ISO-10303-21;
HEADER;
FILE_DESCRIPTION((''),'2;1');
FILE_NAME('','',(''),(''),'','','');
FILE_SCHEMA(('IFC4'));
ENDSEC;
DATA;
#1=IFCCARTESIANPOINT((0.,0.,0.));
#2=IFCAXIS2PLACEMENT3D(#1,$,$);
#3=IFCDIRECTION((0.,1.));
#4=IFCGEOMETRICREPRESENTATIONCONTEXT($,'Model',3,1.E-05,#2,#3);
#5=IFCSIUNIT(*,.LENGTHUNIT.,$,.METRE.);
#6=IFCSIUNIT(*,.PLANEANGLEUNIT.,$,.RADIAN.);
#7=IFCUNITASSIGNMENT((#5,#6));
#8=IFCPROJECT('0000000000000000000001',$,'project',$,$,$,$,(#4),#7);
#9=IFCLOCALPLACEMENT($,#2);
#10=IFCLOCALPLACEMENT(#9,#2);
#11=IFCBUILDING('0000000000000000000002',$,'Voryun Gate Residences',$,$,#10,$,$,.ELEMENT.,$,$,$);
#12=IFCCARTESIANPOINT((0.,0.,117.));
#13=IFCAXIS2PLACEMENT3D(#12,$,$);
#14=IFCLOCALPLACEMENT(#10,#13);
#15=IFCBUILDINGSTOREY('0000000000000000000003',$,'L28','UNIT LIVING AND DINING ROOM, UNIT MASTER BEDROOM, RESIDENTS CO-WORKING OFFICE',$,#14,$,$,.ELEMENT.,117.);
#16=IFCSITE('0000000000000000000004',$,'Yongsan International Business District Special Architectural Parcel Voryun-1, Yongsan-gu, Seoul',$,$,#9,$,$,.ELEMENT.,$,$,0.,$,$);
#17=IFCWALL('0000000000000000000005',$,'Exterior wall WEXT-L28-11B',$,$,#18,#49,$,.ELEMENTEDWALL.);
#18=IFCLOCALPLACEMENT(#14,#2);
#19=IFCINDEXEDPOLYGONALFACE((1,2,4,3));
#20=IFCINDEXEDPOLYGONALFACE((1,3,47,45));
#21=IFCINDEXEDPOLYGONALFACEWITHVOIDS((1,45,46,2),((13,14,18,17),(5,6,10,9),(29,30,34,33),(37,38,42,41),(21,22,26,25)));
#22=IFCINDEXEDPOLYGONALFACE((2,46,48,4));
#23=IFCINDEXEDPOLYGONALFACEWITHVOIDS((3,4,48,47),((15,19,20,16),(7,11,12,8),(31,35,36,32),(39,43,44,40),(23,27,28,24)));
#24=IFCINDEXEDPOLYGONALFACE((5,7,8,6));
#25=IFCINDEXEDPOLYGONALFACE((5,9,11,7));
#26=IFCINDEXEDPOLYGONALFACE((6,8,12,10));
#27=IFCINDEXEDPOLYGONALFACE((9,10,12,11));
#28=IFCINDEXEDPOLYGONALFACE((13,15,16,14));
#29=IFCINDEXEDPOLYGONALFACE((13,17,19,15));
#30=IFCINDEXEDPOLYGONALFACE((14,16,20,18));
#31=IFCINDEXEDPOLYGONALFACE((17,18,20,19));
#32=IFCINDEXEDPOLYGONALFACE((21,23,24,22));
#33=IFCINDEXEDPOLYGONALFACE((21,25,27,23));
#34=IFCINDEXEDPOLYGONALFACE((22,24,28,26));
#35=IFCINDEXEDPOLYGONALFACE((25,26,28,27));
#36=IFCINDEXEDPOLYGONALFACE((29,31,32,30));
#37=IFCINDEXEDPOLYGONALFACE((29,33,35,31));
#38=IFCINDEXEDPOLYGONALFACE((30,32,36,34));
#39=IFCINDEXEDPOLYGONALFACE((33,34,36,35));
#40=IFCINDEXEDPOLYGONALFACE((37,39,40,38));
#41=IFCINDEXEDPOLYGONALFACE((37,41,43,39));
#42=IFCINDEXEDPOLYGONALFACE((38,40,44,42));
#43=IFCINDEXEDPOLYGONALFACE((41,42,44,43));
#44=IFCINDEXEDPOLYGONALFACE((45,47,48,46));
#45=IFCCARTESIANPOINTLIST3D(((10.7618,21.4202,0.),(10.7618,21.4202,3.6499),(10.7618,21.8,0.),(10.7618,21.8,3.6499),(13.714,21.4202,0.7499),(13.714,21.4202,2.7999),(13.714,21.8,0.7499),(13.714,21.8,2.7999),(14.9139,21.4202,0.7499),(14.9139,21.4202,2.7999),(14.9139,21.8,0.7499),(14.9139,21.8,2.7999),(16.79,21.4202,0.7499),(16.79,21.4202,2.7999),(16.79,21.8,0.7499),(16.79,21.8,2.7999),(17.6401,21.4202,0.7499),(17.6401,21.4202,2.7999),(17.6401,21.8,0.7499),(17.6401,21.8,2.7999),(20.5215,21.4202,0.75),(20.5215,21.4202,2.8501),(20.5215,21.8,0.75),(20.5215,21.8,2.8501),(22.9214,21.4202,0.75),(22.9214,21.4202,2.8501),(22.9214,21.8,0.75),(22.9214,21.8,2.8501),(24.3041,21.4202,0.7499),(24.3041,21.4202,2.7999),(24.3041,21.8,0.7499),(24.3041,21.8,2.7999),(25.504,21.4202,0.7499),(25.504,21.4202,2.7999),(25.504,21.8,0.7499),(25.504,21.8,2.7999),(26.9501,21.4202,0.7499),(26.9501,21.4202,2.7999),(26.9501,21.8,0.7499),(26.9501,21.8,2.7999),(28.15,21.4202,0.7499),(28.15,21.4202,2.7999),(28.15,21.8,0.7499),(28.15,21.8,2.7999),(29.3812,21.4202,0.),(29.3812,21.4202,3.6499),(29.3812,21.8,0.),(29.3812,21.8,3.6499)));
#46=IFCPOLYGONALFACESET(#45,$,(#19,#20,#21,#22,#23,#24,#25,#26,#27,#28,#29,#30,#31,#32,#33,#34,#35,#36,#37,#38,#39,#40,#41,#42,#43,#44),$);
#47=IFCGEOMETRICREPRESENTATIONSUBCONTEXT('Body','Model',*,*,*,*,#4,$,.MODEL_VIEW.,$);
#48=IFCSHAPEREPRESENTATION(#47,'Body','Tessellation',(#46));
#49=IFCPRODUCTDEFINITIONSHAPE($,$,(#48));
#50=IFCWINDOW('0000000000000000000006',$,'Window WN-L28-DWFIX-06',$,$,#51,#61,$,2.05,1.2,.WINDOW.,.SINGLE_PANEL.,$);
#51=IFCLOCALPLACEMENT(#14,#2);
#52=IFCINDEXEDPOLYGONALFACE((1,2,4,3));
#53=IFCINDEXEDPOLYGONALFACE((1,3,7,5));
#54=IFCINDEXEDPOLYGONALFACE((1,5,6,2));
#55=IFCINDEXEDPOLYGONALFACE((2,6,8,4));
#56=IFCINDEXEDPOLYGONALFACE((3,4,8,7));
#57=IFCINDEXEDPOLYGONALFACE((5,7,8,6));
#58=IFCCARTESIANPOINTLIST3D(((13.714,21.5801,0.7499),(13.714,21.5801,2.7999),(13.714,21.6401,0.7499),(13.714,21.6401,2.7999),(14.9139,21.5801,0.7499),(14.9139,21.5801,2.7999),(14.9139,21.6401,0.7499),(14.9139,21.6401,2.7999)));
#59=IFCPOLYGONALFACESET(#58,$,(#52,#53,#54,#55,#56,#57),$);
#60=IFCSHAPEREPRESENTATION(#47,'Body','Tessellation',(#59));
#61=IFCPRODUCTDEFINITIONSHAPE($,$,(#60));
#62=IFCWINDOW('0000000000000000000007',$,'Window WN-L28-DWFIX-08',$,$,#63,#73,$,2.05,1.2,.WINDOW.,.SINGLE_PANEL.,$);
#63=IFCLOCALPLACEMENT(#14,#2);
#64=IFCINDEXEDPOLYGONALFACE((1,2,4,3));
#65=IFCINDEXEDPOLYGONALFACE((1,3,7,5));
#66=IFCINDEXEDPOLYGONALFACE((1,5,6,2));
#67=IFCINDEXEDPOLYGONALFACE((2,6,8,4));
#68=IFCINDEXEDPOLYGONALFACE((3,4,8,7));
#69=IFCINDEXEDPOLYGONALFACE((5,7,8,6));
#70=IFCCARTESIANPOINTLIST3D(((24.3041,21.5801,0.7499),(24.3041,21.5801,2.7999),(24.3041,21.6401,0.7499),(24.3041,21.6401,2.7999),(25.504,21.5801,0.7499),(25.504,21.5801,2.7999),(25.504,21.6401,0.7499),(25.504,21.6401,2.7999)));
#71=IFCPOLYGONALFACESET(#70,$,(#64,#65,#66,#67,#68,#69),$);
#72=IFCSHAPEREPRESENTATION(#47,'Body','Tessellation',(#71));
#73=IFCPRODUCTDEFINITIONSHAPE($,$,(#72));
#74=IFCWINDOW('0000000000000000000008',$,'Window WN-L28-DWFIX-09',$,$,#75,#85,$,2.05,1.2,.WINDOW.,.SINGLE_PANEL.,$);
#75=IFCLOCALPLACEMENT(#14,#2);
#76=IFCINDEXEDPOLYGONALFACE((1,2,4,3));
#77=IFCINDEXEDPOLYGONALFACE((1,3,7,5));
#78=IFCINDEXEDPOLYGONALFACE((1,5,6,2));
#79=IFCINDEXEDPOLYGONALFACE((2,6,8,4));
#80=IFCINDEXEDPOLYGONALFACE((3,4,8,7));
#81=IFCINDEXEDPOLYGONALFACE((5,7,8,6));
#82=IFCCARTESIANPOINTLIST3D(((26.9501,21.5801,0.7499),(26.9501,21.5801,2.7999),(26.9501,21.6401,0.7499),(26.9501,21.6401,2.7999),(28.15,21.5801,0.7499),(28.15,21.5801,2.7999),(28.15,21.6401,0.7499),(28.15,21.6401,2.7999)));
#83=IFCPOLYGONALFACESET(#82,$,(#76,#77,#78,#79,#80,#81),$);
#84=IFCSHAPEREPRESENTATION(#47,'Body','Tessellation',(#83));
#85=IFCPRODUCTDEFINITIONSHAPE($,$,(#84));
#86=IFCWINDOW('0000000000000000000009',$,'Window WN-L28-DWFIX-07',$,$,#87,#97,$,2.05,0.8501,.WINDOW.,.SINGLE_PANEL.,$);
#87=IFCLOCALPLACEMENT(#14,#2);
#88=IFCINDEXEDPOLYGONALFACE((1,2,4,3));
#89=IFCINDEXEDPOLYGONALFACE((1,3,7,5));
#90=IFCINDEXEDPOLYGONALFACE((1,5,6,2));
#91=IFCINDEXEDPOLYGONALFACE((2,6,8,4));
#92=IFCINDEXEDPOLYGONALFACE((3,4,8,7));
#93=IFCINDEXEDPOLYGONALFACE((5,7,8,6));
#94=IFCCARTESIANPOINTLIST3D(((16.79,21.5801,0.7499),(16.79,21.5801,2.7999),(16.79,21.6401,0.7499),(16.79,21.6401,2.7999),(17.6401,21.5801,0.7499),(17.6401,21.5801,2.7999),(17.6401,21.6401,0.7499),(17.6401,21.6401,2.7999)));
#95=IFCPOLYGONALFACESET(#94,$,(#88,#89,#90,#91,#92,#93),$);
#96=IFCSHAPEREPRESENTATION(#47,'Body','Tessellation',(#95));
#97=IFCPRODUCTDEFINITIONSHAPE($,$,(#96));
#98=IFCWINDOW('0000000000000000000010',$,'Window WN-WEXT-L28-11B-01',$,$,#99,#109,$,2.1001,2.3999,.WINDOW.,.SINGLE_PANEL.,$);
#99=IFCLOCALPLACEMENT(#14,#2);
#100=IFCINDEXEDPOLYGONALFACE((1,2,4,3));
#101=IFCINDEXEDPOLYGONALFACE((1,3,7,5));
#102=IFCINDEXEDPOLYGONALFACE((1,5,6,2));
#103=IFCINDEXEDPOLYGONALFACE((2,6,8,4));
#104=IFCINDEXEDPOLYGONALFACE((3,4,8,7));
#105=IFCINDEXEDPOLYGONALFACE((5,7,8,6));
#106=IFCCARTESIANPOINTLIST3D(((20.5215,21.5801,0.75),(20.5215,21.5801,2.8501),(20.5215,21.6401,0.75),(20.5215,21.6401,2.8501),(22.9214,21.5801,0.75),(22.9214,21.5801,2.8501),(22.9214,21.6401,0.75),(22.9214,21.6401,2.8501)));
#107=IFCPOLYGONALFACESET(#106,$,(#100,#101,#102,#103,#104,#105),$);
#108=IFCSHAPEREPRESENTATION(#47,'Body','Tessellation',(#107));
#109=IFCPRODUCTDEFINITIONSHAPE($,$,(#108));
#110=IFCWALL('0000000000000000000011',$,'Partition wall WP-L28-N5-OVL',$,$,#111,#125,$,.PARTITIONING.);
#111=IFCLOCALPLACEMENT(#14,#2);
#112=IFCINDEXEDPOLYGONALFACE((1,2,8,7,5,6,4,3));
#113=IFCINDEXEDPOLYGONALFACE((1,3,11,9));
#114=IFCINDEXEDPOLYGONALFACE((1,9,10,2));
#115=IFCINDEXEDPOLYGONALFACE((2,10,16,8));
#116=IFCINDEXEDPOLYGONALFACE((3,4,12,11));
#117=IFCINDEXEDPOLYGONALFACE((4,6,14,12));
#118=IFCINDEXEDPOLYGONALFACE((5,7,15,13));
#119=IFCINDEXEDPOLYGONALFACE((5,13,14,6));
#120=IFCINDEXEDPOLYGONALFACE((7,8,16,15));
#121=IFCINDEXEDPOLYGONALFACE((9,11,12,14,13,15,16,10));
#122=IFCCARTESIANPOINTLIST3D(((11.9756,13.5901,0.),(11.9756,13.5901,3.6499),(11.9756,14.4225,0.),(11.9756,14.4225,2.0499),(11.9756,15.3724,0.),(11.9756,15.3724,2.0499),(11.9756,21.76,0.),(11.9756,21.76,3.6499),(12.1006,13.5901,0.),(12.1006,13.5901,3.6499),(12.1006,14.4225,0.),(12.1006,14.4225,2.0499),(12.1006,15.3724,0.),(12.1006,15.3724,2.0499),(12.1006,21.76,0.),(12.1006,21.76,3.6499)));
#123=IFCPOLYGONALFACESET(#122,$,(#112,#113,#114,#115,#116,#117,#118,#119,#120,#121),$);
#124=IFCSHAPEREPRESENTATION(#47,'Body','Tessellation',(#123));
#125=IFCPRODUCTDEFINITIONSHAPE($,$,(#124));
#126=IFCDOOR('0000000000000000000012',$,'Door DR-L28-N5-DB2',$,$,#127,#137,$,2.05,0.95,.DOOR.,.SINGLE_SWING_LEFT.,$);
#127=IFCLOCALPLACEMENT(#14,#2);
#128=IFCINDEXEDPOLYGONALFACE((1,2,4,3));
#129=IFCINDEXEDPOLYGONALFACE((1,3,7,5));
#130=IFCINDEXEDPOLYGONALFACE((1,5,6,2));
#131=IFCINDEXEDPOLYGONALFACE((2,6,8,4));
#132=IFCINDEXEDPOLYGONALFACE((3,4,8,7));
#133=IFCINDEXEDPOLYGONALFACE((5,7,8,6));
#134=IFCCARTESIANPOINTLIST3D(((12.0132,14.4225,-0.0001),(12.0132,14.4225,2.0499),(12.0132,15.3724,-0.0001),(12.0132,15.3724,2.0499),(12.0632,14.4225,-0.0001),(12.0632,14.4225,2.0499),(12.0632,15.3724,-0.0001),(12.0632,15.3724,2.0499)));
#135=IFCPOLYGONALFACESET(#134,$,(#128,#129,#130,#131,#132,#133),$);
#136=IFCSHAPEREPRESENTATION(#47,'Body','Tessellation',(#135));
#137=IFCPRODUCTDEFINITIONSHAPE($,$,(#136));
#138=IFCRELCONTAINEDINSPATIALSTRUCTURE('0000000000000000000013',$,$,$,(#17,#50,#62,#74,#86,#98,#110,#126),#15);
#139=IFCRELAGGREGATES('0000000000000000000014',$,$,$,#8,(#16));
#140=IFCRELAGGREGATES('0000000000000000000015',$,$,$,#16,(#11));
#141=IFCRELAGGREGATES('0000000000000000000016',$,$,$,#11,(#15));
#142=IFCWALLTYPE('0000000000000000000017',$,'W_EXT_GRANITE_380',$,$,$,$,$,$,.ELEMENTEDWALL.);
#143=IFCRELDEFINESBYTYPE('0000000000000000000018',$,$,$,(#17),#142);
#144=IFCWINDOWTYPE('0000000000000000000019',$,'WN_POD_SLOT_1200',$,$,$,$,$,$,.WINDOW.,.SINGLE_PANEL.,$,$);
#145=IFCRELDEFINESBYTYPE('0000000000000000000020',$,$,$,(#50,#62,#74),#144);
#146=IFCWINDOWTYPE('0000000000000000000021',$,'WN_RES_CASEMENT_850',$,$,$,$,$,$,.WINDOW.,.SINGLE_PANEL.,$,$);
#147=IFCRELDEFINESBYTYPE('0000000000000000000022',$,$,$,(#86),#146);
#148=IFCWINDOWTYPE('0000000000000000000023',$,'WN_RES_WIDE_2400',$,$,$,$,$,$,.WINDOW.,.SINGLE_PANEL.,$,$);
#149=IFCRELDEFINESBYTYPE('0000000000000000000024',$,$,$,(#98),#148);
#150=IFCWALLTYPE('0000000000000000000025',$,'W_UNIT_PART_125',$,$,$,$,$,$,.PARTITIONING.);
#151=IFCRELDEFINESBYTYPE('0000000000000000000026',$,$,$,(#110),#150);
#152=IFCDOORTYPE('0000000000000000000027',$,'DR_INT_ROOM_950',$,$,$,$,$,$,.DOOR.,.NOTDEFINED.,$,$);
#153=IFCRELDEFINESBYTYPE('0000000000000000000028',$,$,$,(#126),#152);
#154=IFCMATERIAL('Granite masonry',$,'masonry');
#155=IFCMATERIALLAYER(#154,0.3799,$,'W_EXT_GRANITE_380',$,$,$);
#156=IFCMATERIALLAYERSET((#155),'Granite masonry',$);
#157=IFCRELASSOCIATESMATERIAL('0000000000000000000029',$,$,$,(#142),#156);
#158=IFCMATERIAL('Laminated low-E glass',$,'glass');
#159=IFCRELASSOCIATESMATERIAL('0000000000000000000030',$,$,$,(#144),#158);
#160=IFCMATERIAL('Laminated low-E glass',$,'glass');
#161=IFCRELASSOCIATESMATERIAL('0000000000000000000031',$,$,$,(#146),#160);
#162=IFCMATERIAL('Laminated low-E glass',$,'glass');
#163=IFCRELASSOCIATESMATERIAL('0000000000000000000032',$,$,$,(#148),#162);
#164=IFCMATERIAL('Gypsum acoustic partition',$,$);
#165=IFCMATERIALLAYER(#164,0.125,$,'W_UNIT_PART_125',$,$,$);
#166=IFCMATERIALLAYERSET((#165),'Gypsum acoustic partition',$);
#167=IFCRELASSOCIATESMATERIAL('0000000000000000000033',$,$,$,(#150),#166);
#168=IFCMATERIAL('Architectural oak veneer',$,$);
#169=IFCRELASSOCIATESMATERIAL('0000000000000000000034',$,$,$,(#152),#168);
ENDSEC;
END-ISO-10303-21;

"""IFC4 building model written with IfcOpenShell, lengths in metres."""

from ifc_helpers import new_model, si_unit, direction, frame, frame_2d, origin, place, context, subcontext, project, spatial, rectangle, extrude, material, layer, layer_set, type_object, element, fill, save


model = new_model("IFC4")

# Units and contexts
model_context = context("Model", 3, precision=1e-05, world=origin(), true_north=direction((0.0, 1.0)))
body_context = subcontext(model_context, "Body", "Model", "MODEL_VIEW")
ifc_project = project(units=[si_unit("LENGTHUNIT", "METRE"), si_unit("PLANEANGLEUNIT", "RADIAN")], contexts=[model_context])

# Site, building, storey
site_placement = place(None, origin())
site = spatial("IfcSite", under=ifc_project, at=site_placement, Name="Yongsan International Business District Special Architectural Parcel Voryun-1, Yongsan-gu, Seoul", CompositionType="ELEMENT", RefElevation=0.0)
building_placement = place(site_placement, origin())
building = spatial("IfcBuilding", under=site, at=building_placement, Name="Voryun Gate Residences", CompositionType="ELEMENT")
storey_placement = place(building_placement, frame((0.0, 0.0, 117.0)))
storey = spatial("IfcBuildingStorey", under=building, at=storey_placement, Name="L28", Description="UNIT LIVING AND DINING ROOM, UNIT MASTER BEDROOM, RESIDENTS CO-WORKING OFFICE", CompositionType="ELEMENT", Elevation=117.0)

# Wall, openings, windows
ifc_material_1 = material(Name="Granite masonry", Category="masonry")
ifc_layer_1 = layer(ifc_material_1, 0.3799, Name="W_EXT_GRANITE_380")
ifc_layer_set_1 = layer_set([ifc_layer_1], Name="Granite masonry")
wall_type_1 = type_object("IfcWallType", Name="W_EXT_GRANITE_380", PredefinedType="ELEMENTEDWALL", material=ifc_layer_set_1)
wall_1_placement = place(storey_placement, frame((10.762, 21.6101, 0.0), z_axis=(0.0, 0.0, 1.0), x_axis=(1.0, 0.0, 0.0)))
wall_1 = element("IfcWall", 1, at=wall_1_placement, inside=storey, type_object=wall_type_1, Name="Exterior wall WEXT-L28-11B", PredefinedType="ELEMENTEDWALL", context=body_context, shape_type="SweptSolid", body=[
    extrude(rectangle(XDim=18.6194, YDim=0.3799, at=frame_2d((9.3096, 0.0))), origin(), (0.0, 0.0, 1.0), 3.6499),
])
opening_1_placement = place(wall_1_placement, frame((9.7595, 0.0, 0.75)))
opening_1 = element("IfcOpeningElement", 2, at=opening_1_placement, cuts=wall_1, PredefinedType="OPENING", context=body_context, shape_type="SweptSolid", body=[
    extrude(rectangle(XDim=2.3999, YDim=2.1001, at=frame_2d((1.2, 1.05))), frame((0.0, 0.2, 0.0), z_axis=(0.0, -1.0, 0.0), x_axis=(1.0, 0.0, 0.0)), (0.0, 0.0, 1.0), 0.3999),
])
opening_2_placement = place(wall_1_placement, frame((2.9519, 0.0, 0.75)))
opening_2 = element("IfcOpeningElement", 3, at=opening_2_placement, cuts=wall_1, PredefinedType="OPENING", context=body_context, shape_type="SweptSolid", body=[
    extrude(rectangle(XDim=1.2, YDim=2.05, at=frame_2d((0.6001, 1.0249))), frame((0.0, 0.2, 0.0), z_axis=(0.0, -1.0, 0.0), x_axis=(1.0, 0.0, 0.0)), (0.0, 0.0, 1.0), 0.3999),
])
opening_3_placement = place(wall_1_placement, frame((6.0281, 0.0, 0.75)))
opening_3 = element("IfcOpeningElement", 4, at=opening_3_placement, cuts=wall_1, PredefinedType="OPENING", context=body_context, shape_type="SweptSolid", body=[
    extrude(rectangle(XDim=0.8501, YDim=2.05, at=frame_2d((0.425, 1.0249))), frame((0.0, 0.2, 0.0), z_axis=(0.0, -1.0, 0.0), x_axis=(1.0, 0.0, 0.0)), (0.0, 0.0, 1.0), 0.3999),
])
opening_4_placement = place(wall_1_placement, frame((13.542, 0.0, 0.75)))
opening_4 = element("IfcOpeningElement", 5, at=opening_4_placement, cuts=wall_1, PredefinedType="OPENING", context=body_context, shape_type="SweptSolid", body=[
    extrude(rectangle(XDim=1.2, YDim=2.05, at=frame_2d((0.6001, 1.0249))), frame((0.0, 0.2, 0.0), z_axis=(0.0, -1.0, 0.0), x_axis=(1.0, 0.0, 0.0)), (0.0, 0.0, 1.0), 0.3999),
])
opening_5_placement = place(wall_1_placement, frame((16.188, 0.0, 0.75)))
opening_5 = element("IfcOpeningElement", 6, at=opening_5_placement, cuts=wall_1, PredefinedType="OPENING", context=body_context, shape_type="SweptSolid", body=[
    extrude(rectangle(XDim=1.2, YDim=2.05, at=frame_2d((0.6001, 1.0249))), frame((0.0, 0.2, 0.0), z_axis=(0.0, -1.0, 0.0), x_axis=(1.0, 0.0, 0.0)), (0.0, 0.0, 1.0), 0.3999),
])
ifc_material_2 = material(Name="Laminated low-E glass", Category="glass")
window_type_1 = type_object("IfcWindowType", Name="WN_POD_SLOT_1200", PartitioningType="SINGLE_PANEL", PredefinedType="WINDOW", material=ifc_material_2)
window_1_placement = place(opening_2_placement, origin())
window_1 = element("IfcWindow", 7, at=window_1_placement, inside=storey, type_object=window_type_1, Name="Window WN-L28-DWFIX-06", OverallHeight=2.05, OverallWidth=1.2, PartitioningType="SINGLE_PANEL", PredefinedType="WINDOW", context=body_context, shape_type="SweptSolid", body=[
    extrude(rectangle(XDim=1.2, YDim=2.05, at=frame_2d((0.6001, 1.0249))), frame((0.0, 0.03, 0.0), z_axis=(0.0, -1.0, 0.0), x_axis=(1.0, 0.0, 0.0)), (0.0, 0.0, 1.0), 0.0601),
])
fill(opening_2, window_1)
window_2_placement = place(opening_4_placement, origin())
window_2 = element("IfcWindow", 8, at=window_2_placement, inside=storey, type_object=window_type_1, Name="Window WN-L28-DWFIX-08", OverallHeight=2.05, OverallWidth=1.2, PartitioningType="SINGLE_PANEL", PredefinedType="WINDOW", context=body_context, shape_type="SweptSolid", body=[
    extrude(rectangle(XDim=1.2, YDim=2.05, at=frame_2d((0.6001, 1.0249))), frame((0.0, 0.03, 0.0), z_axis=(0.0, -1.0, 0.0), x_axis=(1.0, 0.0, 0.0)), (0.0, 0.0, 1.0), 0.0601),
])
fill(opening_4, window_2)
window_3_placement = place(opening_5_placement, origin())
window_3 = element("IfcWindow", 9, at=window_3_placement, inside=storey, type_object=window_type_1, Name="Window WN-L28-DWFIX-09", OverallHeight=2.05, OverallWidth=1.2, PartitioningType="SINGLE_PANEL", PredefinedType="WINDOW", context=body_context, shape_type="SweptSolid", body=[
    extrude(rectangle(XDim=1.2, YDim=2.05, at=frame_2d((0.6001, 1.0249))), frame((0.0, 0.03, 0.0), z_axis=(0.0, -1.0, 0.0), x_axis=(1.0, 0.0, 0.0)), (0.0, 0.0, 1.0), 0.0601),
])
fill(opening_5, window_3)
ifc_material_3 = material(Name="Laminated low-E glass", Category="glass")
window_type_2 = type_object("IfcWindowType", Name="WN_RES_CASEMENT_850", PartitioningType="SINGLE_PANEL", PredefinedType="WINDOW", material=ifc_material_3)
window_4_placement = place(opening_3_placement, origin())
window_4 = element("IfcWindow", 10, at=window_4_placement, inside=storey, type_object=window_type_2, Name="Window WN-L28-DWFIX-07", OverallHeight=2.05, OverallWidth=0.8501, PartitioningType="SINGLE_PANEL", PredefinedType="WINDOW", context=body_context, shape_type="SweptSolid", body=[
    extrude(rectangle(XDim=0.8501, YDim=2.05, at=frame_2d((0.425, 1.0249))), frame((0.0, 0.03, 0.0), z_axis=(0.0, -1.0, 0.0), x_axis=(1.0, 0.0, 0.0)), (0.0, 0.0, 1.0), 0.0601),
])
fill(opening_3, window_4)
ifc_material_4 = material(Name="Laminated low-E glass", Category="glass")
window_type_3 = type_object("IfcWindowType", Name="WN_RES_WIDE_2400", PartitioningType="SINGLE_PANEL", PredefinedType="WINDOW", material=ifc_material_4)
window_5_placement = place(opening_1_placement, origin())
window_5 = element("IfcWindow", 11, at=window_5_placement, inside=storey, type_object=window_type_3, Name="Window WN-WEXT-L28-11B-01", OverallHeight=2.1001, OverallWidth=2.3999, PartitioningType="SINGLE_PANEL", PredefinedType="WINDOW", context=body_context, shape_type="SweptSolid", body=[
    extrude(rectangle(XDim=2.3999, YDim=2.1001, at=frame_2d((1.2, 1.05))), frame((0.0, 0.03, 0.0), z_axis=(0.0, -1.0, 0.0), x_axis=(1.0, 0.0, 0.0)), (0.0, 0.0, 1.0), 0.0601),
])
fill(opening_1, window_5)

# Wall, opening, door
ifc_material_5 = material(Name="Gypsum acoustic partition")
ifc_layer_2 = layer(ifc_material_5, 0.125, Name="W_UNIT_PART_125")
ifc_layer_set_2 = layer_set([ifc_layer_2], Name="Gypsum acoustic partition")
wall_type_2 = type_object("IfcWallType", Name="W_UNIT_PART_125", PredefinedType="PARTITIONING", material=ifc_layer_set_2)
wall_2_placement = place(storey_placement, frame((12.0381, 13.5901, 0.0), z_axis=(0.0, 0.0, 1.0), x_axis=(0.0, 1.0, 0.0)))
wall_2 = element("IfcWall", 12, at=wall_2_placement, inside=storey, type_object=wall_type_2, Name="Partition wall WP-L28-N5-OVL", PredefinedType="PARTITIONING", context=body_context, shape_type="SweptSolid", body=[
    extrude(rectangle(XDim=8.1699, YDim=0.125, at=frame_2d((4.085, 0.0))), origin(), (0.0, 0.0, 1.0), 3.6499),
])
opening_6_placement = place(wall_2_placement, frame((0.8323, 0.0, 0.0)))
opening_6 = element("IfcOpeningElement", 13, at=opening_6_placement, cuts=wall_2, PredefinedType="OPENING", context=body_context, shape_type="SweptSolid", body=[
    extrude(rectangle(XDim=0.95, YDim=2.05, at=frame_2d((0.4751, 1.0249))), frame((0.0, 0.0725, 0.0), z_axis=(0.0, -1.0, 0.0), x_axis=(1.0, 0.0, 0.0)), (0.0, 0.0, 1.0), 0.145),
])
ifc_material_6 = material(Name="Architectural oak veneer")
door_type_1 = type_object("IfcDoorType", Name="DR_INT_ROOM_950", OperationType="NOTDEFINED", PredefinedType="DOOR", material=ifc_material_6)
door_1_placement = place(opening_6_placement, origin())
door_1 = element("IfcDoor", 14, at=door_1_placement, inside=storey, type_object=door_type_1, Name="Door DR-L28-N5-DB2", OperationType="SINGLE_SWING_LEFT", OverallHeight=2.05, OverallWidth=0.95, PredefinedType="DOOR", context=body_context, shape_type="SweptSolid", body=[
    extrude(rectangle(XDim=0.95, YDim=2.05, at=frame_2d((0.4751, 1.0249))), frame((0.0, 0.0249, 0.0), z_axis=(0.0, -1.0, 0.0), x_axis=(1.0, 0.0, 0.0)), (0.0, 0.0, 1.0), 0.05),
])
fill(opening_6, door_1)

save(model, "model.ifc")
